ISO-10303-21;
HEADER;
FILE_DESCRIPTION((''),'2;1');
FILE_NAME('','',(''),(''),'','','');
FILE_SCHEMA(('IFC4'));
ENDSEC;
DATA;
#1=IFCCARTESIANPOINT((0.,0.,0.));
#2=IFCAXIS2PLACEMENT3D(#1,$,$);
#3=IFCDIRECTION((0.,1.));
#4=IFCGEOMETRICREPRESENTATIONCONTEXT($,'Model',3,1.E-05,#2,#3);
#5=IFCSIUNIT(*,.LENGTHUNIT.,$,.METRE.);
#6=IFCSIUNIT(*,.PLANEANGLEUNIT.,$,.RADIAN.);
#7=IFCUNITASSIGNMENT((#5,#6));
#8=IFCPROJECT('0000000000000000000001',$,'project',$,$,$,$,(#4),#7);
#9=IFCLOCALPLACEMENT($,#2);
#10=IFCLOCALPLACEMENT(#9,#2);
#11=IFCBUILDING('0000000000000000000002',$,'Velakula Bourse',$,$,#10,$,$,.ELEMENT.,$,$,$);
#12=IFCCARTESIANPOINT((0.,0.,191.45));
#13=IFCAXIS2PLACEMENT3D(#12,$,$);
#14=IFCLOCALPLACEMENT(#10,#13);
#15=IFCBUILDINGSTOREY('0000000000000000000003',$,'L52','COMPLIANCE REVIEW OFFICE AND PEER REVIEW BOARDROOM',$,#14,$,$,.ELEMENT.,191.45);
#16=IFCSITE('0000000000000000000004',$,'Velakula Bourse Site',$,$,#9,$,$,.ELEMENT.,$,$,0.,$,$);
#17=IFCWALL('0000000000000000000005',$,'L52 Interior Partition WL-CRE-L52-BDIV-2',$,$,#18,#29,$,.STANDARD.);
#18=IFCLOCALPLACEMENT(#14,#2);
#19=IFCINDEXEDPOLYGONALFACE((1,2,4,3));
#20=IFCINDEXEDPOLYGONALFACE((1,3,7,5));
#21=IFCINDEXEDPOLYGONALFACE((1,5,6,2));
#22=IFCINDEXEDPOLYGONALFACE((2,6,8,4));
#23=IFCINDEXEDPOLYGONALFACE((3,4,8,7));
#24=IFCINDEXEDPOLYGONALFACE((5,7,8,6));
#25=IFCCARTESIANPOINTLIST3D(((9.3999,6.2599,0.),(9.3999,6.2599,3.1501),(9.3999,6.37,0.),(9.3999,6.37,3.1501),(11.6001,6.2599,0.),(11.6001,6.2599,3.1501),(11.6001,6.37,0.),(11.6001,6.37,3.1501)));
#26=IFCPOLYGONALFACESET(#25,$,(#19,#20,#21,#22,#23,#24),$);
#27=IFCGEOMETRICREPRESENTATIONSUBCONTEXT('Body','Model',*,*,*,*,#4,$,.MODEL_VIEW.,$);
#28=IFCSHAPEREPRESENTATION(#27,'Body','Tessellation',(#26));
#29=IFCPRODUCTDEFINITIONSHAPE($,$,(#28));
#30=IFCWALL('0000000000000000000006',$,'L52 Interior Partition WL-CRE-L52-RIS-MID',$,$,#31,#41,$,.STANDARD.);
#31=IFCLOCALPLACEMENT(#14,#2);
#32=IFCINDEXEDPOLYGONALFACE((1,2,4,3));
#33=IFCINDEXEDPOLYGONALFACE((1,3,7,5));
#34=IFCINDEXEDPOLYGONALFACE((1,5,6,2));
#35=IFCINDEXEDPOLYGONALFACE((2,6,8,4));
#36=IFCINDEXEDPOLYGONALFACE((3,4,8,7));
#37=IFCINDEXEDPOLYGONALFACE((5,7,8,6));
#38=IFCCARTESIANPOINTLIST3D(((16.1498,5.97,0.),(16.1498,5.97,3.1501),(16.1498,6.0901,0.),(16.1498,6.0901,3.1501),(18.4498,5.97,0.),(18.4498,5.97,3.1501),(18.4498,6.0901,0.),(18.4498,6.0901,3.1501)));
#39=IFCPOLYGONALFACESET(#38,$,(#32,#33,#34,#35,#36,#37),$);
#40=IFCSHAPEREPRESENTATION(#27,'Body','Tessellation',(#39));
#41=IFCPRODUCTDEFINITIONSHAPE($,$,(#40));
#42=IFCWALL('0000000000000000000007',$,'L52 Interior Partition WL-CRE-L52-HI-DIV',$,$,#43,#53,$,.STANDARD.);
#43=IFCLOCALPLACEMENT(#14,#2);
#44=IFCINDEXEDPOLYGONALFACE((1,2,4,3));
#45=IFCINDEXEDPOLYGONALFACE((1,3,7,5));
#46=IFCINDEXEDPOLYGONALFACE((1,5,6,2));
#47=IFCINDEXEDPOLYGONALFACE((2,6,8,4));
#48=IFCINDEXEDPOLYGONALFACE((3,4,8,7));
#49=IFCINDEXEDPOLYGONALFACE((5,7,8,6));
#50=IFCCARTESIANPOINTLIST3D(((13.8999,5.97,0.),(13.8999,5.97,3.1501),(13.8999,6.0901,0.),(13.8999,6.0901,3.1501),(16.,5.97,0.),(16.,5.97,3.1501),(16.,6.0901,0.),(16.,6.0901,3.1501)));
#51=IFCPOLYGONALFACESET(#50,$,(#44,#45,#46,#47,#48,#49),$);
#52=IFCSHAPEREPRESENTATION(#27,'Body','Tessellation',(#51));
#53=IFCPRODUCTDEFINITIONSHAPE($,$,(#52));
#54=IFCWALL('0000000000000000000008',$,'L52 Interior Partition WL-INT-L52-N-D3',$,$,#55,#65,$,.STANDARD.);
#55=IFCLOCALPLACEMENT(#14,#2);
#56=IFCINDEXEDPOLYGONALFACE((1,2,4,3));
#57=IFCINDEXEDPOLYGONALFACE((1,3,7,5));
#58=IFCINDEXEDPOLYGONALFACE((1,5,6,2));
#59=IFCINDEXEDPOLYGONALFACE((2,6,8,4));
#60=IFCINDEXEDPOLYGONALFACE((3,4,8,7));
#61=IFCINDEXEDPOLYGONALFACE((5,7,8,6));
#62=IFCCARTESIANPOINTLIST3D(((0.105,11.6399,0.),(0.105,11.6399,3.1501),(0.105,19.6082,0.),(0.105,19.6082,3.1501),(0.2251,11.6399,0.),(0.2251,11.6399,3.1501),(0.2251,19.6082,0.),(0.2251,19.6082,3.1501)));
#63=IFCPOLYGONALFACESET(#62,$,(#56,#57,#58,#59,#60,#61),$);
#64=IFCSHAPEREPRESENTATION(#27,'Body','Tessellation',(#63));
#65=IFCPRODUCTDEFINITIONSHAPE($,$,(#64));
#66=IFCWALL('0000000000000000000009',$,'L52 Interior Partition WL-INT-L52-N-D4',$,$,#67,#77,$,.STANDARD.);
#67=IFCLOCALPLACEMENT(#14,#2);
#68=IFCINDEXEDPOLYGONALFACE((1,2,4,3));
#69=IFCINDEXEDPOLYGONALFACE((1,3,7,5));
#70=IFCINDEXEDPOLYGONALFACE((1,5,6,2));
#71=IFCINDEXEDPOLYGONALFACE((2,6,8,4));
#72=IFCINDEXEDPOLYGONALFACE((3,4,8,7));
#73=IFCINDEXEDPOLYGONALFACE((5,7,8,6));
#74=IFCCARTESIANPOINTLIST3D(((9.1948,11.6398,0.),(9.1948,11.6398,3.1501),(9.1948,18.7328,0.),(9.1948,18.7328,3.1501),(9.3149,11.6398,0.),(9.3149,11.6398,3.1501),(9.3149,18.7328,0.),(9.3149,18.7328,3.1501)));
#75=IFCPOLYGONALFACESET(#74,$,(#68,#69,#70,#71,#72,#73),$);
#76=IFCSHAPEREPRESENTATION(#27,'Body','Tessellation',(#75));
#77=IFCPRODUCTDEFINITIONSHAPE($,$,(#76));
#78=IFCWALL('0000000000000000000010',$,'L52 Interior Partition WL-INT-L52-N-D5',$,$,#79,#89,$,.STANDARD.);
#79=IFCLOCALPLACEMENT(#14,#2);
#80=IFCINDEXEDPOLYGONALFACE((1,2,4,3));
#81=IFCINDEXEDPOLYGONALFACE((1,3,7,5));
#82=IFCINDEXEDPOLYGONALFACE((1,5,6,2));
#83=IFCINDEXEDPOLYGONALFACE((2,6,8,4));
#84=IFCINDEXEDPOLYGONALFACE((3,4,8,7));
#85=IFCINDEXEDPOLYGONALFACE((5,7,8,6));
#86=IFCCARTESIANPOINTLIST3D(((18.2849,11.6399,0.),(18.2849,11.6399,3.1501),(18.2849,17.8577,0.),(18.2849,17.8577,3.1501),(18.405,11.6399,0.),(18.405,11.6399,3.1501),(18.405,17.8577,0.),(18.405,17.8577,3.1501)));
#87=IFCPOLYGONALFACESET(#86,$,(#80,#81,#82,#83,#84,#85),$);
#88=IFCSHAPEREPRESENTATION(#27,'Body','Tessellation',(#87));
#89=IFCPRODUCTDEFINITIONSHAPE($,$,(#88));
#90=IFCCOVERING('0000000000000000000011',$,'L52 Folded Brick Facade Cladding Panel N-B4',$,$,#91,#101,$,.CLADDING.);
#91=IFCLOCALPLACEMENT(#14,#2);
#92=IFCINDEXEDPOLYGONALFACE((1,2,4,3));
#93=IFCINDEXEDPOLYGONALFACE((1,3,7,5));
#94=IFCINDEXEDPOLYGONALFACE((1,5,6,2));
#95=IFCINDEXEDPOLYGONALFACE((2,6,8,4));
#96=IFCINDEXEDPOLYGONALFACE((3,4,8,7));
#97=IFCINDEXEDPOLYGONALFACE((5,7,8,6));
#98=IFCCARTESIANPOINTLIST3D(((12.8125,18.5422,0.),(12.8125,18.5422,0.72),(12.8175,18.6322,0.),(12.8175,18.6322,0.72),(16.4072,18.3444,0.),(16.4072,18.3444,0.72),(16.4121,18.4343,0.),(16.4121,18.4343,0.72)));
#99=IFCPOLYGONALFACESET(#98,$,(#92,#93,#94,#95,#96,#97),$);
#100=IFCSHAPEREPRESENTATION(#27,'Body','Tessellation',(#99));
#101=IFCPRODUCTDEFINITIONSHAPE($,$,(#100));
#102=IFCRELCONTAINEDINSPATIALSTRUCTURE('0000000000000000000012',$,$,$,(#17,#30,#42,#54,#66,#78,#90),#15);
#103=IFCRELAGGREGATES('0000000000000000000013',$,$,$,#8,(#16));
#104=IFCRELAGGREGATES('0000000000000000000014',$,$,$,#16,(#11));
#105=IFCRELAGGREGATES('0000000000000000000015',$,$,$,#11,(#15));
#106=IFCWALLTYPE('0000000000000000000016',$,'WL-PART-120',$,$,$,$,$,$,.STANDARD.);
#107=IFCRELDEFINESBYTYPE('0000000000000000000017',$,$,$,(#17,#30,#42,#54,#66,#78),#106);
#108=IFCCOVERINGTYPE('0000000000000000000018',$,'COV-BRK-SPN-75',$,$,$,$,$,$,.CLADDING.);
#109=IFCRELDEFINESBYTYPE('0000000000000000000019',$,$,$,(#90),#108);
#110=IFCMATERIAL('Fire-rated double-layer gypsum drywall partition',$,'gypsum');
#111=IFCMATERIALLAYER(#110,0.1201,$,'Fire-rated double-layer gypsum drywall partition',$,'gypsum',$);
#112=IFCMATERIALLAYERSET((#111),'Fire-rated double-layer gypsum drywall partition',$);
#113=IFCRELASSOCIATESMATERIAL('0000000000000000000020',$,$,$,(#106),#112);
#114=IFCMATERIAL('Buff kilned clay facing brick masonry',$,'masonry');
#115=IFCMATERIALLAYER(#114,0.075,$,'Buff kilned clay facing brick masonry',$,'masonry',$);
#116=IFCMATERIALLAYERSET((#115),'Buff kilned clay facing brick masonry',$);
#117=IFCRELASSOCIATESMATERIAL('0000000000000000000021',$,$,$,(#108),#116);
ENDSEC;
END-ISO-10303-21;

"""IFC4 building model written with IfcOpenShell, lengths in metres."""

from ifc_helpers import new_model, si_unit, direction, frame, frame_2d, origin, origin_2d, place, context, subcontext, project, spatial, rectangle, extrude, material, layer, layer_set, type_object, element, save


model = new_model("IFC4")

# Units and contexts
model_context = context("Model", 3, precision=1e-05, world=origin(), true_north=direction((0.0, 1.0)))
body_context = subcontext(model_context, "Body", "Model", "MODEL_VIEW")
ifc_project = project(units=[si_unit("LENGTHUNIT", "METRE"), si_unit("PLANEANGLEUNIT", "RADIAN")], contexts=[model_context])

# Site, building, storey
site_placement = place(None, origin())
site = spatial("IfcSite", under=ifc_project, at=site_placement, Name="Velakula Bourse Site", CompositionType="ELEMENT", RefElevation=0.0)
building_placement = place(site_placement, origin())
building = spatial("IfcBuilding", under=site, at=building_placement, Name="Velakula Bourse", CompositionType="ELEMENT")
storey_placement = place(building_placement, frame((0.0, 0.0, 191.45)))
storey = spatial("IfcBuildingStorey", under=building, at=storey_placement, Name="L52", Description="COMPLIANCE REVIEW OFFICE AND PEER REVIEW BOARDROOM", CompositionType="ELEMENT", Elevation=191.45)

# Shared definitions
ifc_material_1 = material(Name="Fire-rated double-layer gypsum drywall partition", Category="gypsum")
ifc_layer_1 = layer(ifc_material_1, 0.1201, Name="Fire-rated double-layer gypsum drywall partition", Category="gypsum")
ifc_layer_set_1 = layer_set([ifc_layer_1], Name="Fire-rated double-layer gypsum drywall partition")
wall_type_1 = type_object("IfcWallType", Name="WL-PART-120", PredefinedType="STANDARD", material=ifc_layer_set_1)

# Walls
wall_1_placement = place(storey_placement, frame((9.3999, 6.3149, 0.0), z_axis=(0.0, 0.0, 1.0), x_axis=(1.0, 0.0, 0.0)))
element("IfcWall", 1, at=wall_1_placement, inside=storey, type_object=wall_type_1, Name="L52 Interior Partition WL-CRE-L52-BDIV-2", PredefinedType="STANDARD", context=body_context, shape_type="SweptSolid", body=[
    extrude(rectangle(XDim=2.2002, YDim=0.1101, at=frame_2d((1.1001, 0.0))), origin(), (0.0, 0.0, 1.0), 3.1501),
])
wall_2_placement = place(storey_placement, frame((16.1499, 6.03, 0.0), z_axis=(0.0, 0.0, 1.0), x_axis=(1.0, 0.0, 0.0)))
element("IfcWall", 2, at=wall_2_placement, inside=storey, type_object=wall_type_1, Name="L52 Interior Partition WL-CRE-L52-RIS-MID", PredefinedType="STANDARD", context=body_context, shape_type="SweptSolid", body=[
    extrude(rectangle(XDim=2.3, YDim=0.1201, at=frame_2d((1.1499, 0.0))), origin(), (0.0, 0.0, 1.0), 3.1501),
])
wall_3_placement = place(storey_placement, frame((13.8999, 6.03, 0.0), z_axis=(0.0, 0.0, 1.0), x_axis=(1.0, 0.0, 0.0)))
element("IfcWall", 3, at=wall_3_placement, inside=storey, type_object=wall_type_1, Name="L52 Interior Partition WL-CRE-L52-HI-DIV", PredefinedType="STANDARD", context=body_context, shape_type="SweptSolid", body=[
    extrude(rectangle(XDim=2.1001, YDim=0.1201, at=frame_2d((1.05, 0.0))), origin(), (0.0, 0.0, 1.0), 3.1501),
])
wall_4_placement = place(storey_placement, frame((0.165, 11.6399, 0.0), z_axis=(0.0, 0.0, 1.0), x_axis=(0.0, 1.0, 0.0)))
element("IfcWall", 4, at=wall_4_placement, inside=storey, type_object=wall_type_1, Name="L52 Interior Partition WL-INT-L52-N-D3", PredefinedType="STANDARD", context=body_context, shape_type="SweptSolid", body=[
    extrude(rectangle(XDim=7.9683, YDim=0.1201, at=frame_2d((3.9841, 0.0))), origin(), (0.0, 0.0, 1.0), 3.1501),
])
wall_5_placement = place(storey_placement, frame((9.2549, 11.6399, 0.0), z_axis=(0.0, 0.0, 1.0), x_axis=(0.0, 1.0, 0.0)))
element("IfcWall", 5, at=wall_5_placement, inside=storey, type_object=wall_type_1, Name="L52 Interior Partition WL-INT-L52-N-D4", PredefinedType="STANDARD", context=body_context, shape_type="SweptSolid", body=[
    extrude(rectangle(XDim=7.093, YDim=0.1201, at=frame_2d((3.5464, 0.0))), origin(), (0.0, 0.0, 1.0), 3.1501),
])
wall_6_placement = place(storey_placement, frame((18.345, 11.6399, 0.0), z_axis=(0.0, 0.0, 1.0), x_axis=(0.0, 1.0, 0.0)))
element("IfcWall", 6, at=wall_6_placement, inside=storey, type_object=wall_type_1, Name="L52 Interior Partition WL-INT-L52-N-D5", PredefinedType="STANDARD", context=body_context, shape_type="SweptSolid", body=[
    extrude(rectangle(XDim=6.2178, YDim=0.1201, at=frame_2d((3.1089, 0.0))), origin(), (0.0, 0.0, 1.0), 3.1501),
])

# Covering
ifc_material_2 = material(Name="Buff kilned clay facing brick masonry", Category="masonry")
ifc_layer_2 = layer(ifc_material_2, 0.075, Name="Buff kilned clay facing brick masonry", Category="masonry")
ifc_layer_set_2 = layer_set([ifc_layer_2], Name="Buff kilned clay facing brick masonry")
covering_type = type_object("IfcCoveringType", Name="COV-BRK-SPN-75", PredefinedType="CLADDING", material=ifc_layer_set_2)
covering_placement = place(storey_placement, frame((14.6123, 18.4883, 0.0), z_axis=(0.0, 0.0, 1.0), x_axis=(0.998489, -0.05495, 0.0)))
element("IfcCovering", 7, at=covering_placement, inside=storey, type_object=covering_type, Name="L52 Folded Brick Facade Cladding Panel N-B4", PredefinedType="CLADDING", context=body_context, shape_type="SweptSolid", body=[
    extrude(rectangle(XDim=3.6001, YDim=0.0901, at=origin_2d()), origin(), (0.0, 0.0, 1.0), 0.72),
])

save(model, "model.ifc")
